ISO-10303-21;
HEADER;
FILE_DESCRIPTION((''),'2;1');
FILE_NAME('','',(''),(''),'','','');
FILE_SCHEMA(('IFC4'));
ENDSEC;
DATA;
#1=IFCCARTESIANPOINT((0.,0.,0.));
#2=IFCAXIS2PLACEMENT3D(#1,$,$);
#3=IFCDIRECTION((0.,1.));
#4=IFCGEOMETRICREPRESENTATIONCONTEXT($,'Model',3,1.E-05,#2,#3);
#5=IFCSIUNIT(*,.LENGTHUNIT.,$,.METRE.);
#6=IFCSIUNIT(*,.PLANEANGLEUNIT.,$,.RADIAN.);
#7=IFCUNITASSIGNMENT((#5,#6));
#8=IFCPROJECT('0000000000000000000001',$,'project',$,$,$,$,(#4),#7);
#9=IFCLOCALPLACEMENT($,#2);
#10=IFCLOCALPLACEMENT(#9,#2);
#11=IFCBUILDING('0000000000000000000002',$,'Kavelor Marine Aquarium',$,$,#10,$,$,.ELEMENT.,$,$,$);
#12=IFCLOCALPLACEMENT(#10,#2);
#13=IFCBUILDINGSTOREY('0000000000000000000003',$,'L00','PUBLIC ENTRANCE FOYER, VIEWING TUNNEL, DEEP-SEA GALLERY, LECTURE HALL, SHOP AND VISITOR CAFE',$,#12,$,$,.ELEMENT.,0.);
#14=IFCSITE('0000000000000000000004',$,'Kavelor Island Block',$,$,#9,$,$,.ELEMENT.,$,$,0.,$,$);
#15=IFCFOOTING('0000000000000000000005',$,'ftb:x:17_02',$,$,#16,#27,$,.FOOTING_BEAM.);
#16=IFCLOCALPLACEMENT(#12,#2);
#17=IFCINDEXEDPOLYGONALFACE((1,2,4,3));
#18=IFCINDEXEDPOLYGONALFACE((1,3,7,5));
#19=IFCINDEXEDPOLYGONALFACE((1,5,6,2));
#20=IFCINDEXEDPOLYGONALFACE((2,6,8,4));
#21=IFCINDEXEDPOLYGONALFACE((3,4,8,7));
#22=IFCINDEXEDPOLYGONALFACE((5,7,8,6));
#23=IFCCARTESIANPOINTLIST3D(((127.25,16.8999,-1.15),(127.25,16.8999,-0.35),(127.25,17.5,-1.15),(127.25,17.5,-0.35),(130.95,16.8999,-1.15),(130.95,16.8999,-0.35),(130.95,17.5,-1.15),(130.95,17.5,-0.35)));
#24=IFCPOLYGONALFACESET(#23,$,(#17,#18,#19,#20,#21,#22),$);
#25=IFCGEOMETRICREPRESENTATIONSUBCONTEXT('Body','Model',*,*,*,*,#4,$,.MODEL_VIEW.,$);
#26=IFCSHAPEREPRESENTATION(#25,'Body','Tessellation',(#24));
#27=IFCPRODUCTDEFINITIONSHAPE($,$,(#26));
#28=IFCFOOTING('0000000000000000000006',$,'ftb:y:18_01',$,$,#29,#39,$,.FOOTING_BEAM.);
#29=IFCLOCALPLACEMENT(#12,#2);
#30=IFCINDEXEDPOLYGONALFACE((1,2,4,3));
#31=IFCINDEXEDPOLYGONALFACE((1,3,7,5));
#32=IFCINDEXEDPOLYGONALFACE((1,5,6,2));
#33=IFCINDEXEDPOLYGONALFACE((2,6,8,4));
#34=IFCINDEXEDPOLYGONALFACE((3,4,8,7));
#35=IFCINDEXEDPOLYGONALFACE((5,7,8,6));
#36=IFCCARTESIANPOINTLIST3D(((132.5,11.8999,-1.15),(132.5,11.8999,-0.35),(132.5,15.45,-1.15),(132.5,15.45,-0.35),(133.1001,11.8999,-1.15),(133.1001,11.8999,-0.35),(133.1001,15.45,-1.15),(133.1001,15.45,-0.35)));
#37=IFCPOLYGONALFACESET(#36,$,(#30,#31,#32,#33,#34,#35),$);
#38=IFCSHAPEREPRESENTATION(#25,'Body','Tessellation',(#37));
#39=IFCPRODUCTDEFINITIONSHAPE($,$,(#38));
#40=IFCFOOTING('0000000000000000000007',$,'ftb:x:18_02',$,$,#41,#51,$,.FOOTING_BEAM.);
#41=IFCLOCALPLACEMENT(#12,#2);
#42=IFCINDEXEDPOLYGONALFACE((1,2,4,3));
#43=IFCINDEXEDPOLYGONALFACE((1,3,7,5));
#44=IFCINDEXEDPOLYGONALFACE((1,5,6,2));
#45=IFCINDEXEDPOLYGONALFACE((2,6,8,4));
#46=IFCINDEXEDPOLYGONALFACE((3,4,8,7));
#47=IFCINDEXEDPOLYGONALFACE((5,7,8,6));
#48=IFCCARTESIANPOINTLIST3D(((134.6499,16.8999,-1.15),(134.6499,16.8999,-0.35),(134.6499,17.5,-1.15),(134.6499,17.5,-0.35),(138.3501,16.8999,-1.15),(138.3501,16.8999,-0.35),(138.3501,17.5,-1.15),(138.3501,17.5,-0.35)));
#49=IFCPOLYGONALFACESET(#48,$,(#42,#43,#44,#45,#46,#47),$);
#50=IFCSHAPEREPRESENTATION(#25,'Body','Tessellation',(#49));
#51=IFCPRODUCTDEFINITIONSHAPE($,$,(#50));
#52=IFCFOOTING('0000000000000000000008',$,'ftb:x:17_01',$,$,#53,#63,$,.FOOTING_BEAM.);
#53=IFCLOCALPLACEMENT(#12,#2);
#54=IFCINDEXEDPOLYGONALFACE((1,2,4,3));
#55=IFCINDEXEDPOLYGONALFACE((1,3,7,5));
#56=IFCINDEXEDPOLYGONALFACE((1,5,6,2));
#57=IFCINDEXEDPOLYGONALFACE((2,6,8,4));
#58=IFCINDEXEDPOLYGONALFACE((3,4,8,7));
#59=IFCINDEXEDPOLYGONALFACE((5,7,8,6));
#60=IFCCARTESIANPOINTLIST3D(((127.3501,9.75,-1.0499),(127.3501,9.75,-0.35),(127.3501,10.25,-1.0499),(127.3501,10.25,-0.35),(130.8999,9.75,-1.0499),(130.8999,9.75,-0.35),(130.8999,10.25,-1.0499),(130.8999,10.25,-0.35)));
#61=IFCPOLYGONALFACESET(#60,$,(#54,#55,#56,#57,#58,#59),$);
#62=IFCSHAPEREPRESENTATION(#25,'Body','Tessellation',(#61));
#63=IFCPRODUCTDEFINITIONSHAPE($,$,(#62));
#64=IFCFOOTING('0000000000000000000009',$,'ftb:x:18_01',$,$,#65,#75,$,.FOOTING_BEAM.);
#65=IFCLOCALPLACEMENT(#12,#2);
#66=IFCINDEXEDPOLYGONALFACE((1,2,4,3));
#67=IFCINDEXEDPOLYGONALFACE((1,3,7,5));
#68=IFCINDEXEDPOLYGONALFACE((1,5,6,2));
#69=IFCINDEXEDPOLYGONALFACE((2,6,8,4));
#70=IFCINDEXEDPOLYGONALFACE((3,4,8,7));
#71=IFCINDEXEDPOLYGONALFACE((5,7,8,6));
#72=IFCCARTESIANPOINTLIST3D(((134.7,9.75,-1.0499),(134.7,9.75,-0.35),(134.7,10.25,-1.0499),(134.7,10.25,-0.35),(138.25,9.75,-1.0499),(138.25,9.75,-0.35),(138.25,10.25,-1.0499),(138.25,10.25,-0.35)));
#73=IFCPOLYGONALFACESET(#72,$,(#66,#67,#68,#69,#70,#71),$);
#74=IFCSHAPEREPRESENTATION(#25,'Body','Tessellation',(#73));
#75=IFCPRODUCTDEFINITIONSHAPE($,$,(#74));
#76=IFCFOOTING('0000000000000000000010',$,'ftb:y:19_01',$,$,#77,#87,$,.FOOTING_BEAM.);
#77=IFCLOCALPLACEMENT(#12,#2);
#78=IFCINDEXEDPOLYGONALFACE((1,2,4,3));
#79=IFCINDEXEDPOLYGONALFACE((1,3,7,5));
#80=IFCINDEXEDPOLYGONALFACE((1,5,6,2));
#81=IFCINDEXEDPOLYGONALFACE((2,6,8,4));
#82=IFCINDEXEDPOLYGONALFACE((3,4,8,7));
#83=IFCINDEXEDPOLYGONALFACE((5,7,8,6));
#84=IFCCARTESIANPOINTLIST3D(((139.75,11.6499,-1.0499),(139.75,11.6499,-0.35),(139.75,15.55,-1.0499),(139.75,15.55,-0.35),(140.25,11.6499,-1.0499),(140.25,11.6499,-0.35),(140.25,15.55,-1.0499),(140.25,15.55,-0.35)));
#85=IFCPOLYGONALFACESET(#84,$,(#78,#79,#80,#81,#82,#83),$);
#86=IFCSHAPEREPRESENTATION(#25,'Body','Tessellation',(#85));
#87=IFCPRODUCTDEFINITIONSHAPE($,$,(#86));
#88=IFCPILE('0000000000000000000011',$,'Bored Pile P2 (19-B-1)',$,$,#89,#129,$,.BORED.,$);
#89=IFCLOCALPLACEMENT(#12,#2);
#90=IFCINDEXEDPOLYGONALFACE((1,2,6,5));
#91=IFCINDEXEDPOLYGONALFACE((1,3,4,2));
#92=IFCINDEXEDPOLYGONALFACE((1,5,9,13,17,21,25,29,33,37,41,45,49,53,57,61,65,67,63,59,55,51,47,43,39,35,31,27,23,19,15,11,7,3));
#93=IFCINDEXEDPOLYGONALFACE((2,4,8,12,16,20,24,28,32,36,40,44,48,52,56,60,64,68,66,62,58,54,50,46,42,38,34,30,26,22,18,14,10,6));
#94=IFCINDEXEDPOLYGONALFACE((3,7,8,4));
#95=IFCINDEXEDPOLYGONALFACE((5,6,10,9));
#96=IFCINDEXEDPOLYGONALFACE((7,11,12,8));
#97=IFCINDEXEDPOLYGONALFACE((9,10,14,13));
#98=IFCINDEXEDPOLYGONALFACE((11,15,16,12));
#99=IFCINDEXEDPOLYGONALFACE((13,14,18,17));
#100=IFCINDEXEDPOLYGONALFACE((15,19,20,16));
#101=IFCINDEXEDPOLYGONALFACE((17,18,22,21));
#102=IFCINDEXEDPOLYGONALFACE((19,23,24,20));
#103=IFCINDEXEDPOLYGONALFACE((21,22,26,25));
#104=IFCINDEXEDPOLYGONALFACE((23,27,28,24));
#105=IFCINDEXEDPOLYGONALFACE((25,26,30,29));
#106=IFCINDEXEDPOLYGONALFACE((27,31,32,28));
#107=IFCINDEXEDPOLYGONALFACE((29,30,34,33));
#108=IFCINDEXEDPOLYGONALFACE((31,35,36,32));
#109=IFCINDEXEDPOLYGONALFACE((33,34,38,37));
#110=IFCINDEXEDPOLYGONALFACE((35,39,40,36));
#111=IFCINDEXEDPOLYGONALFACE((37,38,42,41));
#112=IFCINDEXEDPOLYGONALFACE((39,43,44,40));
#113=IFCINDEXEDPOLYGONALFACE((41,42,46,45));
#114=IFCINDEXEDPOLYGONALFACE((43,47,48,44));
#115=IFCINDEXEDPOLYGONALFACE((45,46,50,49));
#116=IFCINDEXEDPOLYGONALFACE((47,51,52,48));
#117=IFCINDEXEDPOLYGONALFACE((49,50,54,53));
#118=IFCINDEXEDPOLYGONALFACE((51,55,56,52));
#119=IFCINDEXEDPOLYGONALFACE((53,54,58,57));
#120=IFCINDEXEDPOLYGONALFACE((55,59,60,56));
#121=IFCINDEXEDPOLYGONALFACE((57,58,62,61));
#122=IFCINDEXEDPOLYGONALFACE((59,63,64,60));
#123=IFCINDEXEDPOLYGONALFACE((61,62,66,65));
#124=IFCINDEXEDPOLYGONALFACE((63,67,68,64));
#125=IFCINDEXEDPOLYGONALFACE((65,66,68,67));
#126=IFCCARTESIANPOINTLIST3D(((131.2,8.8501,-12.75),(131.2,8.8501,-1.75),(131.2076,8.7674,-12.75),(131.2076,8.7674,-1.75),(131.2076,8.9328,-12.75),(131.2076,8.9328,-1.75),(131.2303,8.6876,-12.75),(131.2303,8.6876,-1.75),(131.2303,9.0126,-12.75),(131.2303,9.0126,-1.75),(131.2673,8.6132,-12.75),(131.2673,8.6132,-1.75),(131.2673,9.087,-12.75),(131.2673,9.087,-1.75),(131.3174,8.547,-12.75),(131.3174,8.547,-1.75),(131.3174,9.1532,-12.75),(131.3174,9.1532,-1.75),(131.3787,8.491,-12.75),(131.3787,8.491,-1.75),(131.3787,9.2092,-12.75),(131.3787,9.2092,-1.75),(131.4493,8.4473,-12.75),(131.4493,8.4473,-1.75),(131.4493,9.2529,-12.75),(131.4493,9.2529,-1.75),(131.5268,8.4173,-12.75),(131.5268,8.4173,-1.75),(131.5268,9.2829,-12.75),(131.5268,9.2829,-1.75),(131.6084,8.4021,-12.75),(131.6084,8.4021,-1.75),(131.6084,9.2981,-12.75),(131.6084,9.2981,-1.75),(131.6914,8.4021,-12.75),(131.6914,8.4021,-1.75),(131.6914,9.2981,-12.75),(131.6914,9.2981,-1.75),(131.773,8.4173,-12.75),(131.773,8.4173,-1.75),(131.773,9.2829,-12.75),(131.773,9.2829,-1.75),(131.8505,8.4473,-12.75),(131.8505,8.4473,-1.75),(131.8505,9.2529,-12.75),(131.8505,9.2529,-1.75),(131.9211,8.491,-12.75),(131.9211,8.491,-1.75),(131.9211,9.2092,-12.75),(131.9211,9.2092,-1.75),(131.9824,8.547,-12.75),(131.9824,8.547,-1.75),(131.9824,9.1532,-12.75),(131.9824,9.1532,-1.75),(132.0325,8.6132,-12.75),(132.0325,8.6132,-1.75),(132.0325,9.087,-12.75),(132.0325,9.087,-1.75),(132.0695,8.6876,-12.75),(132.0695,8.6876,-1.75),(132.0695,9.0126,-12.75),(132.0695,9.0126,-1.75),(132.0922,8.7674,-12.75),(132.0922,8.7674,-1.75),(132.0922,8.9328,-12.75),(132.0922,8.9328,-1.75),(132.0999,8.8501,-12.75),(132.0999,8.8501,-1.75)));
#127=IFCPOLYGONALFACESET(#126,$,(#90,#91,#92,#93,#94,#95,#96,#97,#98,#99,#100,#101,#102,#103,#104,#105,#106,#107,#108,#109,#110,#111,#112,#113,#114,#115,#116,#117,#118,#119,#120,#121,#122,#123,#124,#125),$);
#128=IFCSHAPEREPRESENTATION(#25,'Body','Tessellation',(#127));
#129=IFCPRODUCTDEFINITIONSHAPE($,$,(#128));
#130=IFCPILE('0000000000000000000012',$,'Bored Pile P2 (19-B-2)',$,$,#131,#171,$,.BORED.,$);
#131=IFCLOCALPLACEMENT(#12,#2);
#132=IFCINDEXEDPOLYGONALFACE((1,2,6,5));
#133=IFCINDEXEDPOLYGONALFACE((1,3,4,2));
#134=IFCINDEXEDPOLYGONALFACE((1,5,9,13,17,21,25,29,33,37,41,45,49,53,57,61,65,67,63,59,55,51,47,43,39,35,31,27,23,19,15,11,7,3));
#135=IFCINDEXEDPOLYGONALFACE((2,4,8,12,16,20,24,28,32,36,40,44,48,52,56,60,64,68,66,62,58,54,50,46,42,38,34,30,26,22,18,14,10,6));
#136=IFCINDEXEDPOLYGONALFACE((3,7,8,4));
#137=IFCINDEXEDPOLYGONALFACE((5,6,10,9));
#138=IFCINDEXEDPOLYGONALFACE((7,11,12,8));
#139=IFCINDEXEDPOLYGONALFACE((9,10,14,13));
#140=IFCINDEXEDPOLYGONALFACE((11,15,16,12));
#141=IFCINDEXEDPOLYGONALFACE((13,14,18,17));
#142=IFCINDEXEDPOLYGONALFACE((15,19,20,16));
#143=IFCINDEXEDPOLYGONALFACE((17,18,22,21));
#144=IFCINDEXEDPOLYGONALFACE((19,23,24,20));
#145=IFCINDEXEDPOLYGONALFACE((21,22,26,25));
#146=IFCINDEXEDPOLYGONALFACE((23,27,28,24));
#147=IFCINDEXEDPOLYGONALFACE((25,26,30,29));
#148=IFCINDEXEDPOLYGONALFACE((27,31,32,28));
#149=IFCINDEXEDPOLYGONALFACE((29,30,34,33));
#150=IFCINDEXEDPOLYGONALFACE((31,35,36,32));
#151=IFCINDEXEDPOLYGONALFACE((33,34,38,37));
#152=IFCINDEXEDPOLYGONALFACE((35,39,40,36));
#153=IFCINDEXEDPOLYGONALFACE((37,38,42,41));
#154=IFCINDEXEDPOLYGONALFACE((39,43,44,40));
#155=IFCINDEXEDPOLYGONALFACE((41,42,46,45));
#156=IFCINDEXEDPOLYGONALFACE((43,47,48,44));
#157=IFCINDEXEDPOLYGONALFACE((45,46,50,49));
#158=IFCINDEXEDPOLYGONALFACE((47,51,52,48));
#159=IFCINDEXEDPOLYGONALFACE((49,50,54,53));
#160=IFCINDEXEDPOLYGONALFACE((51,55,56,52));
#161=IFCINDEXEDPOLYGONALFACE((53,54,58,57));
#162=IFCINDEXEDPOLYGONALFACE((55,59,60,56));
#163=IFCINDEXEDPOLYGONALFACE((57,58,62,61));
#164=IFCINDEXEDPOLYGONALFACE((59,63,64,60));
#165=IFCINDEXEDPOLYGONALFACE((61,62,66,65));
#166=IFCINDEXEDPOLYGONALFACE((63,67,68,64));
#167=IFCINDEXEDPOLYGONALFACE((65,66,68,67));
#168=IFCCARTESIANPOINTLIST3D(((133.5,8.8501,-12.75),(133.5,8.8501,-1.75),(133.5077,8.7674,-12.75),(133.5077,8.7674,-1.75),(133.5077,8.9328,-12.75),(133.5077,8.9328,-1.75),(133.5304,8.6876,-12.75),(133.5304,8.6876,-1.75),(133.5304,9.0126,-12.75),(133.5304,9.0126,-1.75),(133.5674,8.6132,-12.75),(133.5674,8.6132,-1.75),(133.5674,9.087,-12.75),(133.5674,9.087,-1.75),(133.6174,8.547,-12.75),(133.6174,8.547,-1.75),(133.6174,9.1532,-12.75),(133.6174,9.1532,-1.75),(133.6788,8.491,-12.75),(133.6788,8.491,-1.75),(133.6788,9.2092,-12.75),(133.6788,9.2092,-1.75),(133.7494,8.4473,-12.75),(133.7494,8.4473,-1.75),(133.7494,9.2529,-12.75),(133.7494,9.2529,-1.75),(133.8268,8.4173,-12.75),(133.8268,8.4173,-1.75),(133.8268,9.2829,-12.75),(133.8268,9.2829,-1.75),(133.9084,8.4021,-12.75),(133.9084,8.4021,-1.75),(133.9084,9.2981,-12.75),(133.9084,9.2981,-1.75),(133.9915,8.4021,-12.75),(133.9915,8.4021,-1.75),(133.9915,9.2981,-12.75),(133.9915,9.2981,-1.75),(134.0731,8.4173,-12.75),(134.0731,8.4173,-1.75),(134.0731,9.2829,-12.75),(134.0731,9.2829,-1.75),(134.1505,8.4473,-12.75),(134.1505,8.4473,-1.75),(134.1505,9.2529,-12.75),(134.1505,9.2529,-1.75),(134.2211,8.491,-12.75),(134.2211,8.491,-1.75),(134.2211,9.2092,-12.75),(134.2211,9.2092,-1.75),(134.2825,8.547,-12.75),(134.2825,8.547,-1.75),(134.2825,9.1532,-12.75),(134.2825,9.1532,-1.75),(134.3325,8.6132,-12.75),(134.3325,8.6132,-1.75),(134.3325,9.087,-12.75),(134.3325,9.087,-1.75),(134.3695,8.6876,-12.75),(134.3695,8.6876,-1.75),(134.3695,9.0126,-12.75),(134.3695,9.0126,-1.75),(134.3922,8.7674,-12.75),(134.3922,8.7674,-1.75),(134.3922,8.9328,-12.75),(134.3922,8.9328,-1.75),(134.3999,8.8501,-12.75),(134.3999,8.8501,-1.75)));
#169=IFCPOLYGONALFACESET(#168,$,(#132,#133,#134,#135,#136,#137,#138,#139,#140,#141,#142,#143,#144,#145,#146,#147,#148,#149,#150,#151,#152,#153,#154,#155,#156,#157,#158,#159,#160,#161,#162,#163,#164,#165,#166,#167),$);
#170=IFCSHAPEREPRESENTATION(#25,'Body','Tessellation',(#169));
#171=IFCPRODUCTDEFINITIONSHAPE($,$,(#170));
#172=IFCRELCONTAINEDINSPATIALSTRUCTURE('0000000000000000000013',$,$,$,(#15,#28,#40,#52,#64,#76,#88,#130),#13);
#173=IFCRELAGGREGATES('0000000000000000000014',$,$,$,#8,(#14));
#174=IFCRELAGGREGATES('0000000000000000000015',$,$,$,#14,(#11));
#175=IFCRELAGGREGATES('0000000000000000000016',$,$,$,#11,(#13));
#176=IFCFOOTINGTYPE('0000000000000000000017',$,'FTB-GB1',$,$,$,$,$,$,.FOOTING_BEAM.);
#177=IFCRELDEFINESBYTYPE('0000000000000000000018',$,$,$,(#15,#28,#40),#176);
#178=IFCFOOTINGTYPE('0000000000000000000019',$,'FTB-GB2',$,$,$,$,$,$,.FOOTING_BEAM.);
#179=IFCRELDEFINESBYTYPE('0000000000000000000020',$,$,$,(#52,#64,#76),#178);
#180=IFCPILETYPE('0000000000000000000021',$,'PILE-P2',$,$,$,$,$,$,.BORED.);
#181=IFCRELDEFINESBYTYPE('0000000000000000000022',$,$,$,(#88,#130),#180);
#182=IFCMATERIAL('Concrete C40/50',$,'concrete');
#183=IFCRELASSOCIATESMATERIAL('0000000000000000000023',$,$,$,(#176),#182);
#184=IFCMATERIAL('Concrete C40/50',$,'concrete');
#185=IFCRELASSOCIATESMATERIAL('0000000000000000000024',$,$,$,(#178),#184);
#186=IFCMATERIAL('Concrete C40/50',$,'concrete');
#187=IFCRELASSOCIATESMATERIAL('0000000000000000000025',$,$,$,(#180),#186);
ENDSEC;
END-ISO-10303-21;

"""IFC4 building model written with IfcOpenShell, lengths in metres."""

from ifc_helpers import new_model, si_unit, direction, frame, origin, origin_2d, place, context, subcontext, project, spatial, rectangle, circle, extrude, material, material_profile, profile_set, type_object, element, save


model = new_model("IFC4")

# Units and contexts
model_context = context("Model", 3, precision=1e-05, world=origin(), true_north=direction((0.0, 1.0)))
body_context = subcontext(model_context, "Body", "Model", "MODEL_VIEW")
ifc_project = project(units=[si_unit("LENGTHUNIT", "METRE"), si_unit("PLANEANGLEUNIT", "RADIAN")], contexts=[model_context])

# Site, building, storey
site_placement = place(None, origin())
site = spatial("IfcSite", under=ifc_project, at=site_placement, Name="Kavelor Island Block", CompositionType="ELEMENT", RefElevation=0.0)
building_placement = place(site_placement, origin())
building = spatial("IfcBuilding", under=site, at=building_placement, Name="Kavelor Marine Aquarium", CompositionType="ELEMENT")
storey_placement = place(building_placement, origin())
storey = spatial("IfcBuildingStorey", under=building, at=storey_placement, Name="L00", Description="PUBLIC ENTRANCE FOYER, VIEWING TUNNEL, DEEP-SEA GALLERY, LECTURE HALL, SHOP AND VISITOR CAFE", CompositionType="ELEMENT", Elevation=0.0)

# Footings
ifc_material_1 = material(Name="Concrete C40/50", Category="concrete")
ifc_material_profile_1 = material_profile(ifc_material_1, rectangle(XDim=0.6001, YDim=0.8, at=origin_2d()), Name="GB 600x800")
ifc_profile_set_1 = profile_set([ifc_material_profile_1], Name="Concrete C40/50")
footing_type_1 = type_object("IfcFootingType", Name="FTB-GB1", PredefinedType="FOOTING_BEAM", material=ifc_profile_set_1)
footing_1_placement = place(storey_placement, frame((127.25, 17.2, -0.75), z_axis=(1.0, 0.0, 0.0), x_axis=(0.0, 1.0, 0.0)))
element("IfcFooting", 1, at=footing_1_placement, inside=storey, type_object=footing_type_1, Name="ftb:x:17_02", PredefinedType="FOOTING_BEAM", context=body_context, shape_type="SweptSolid", body=[
    extrude(rectangle(XDim=0.6001, YDim=0.8, at=origin_2d()), origin(), (0.0, 0.0, 1.0), 3.7),
])
footing_2_placement = place(storey_placement, frame((132.8, 11.8999, -0.75), z_axis=(0.0, 1.0, 0.0), x_axis=(-1.0, 0.0, 0.0)))
element("IfcFooting", 2, at=footing_2_placement, inside=storey, type_object=footing_type_1, Name="ftb:y:18_01", PredefinedType="FOOTING_BEAM", context=body_context, shape_type="SweptSolid", body=[
    extrude(rectangle(XDim=0.6001, YDim=0.8, at=origin_2d()), origin(), (0.0, 0.0, 1.0), 3.55),
])
footing_3_placement = place(storey_placement, frame((134.6499, 17.2, -0.75), z_axis=(1.0, 0.0, 0.0), x_axis=(0.0, 1.0, 0.0)))
element("IfcFooting", 3, at=footing_3_placement, inside=storey, type_object=footing_type_1, Name="ftb:x:18_02", PredefinedType="FOOTING_BEAM", context=body_context, shape_type="SweptSolid", body=[
    extrude(rectangle(XDim=0.6001, YDim=0.8, at=origin_2d()), origin(), (0.0, 0.0, 1.0), 3.7002),
])
ifc_material_2 = material(Name="Concrete C40/50", Category="concrete")
ifc_material_profile_2 = material_profile(ifc_material_2, rectangle(XDim=0.5, YDim=0.7, at=origin_2d()), Name="GB 500x700")
ifc_profile_set_2 = profile_set([ifc_material_profile_2], Name="Concrete C40/50")
footing_type_2 = type_object("IfcFootingType", Name="FTB-GB2", PredefinedType="FOOTING_BEAM", material=ifc_profile_set_2)
footing_4_placement = place(storey_placement, frame((127.3501, 10.0, -0.7), z_axis=(1.0, 0.0, 0.0), x_axis=(0.0, 1.0, 0.0)))
element("IfcFooting", 4, at=footing_4_placement, inside=storey, type_object=footing_type_2, Name="ftb:x:17_01", PredefinedType="FOOTING_BEAM", context=body_context, shape_type="SweptSolid", body=[
    extrude(rectangle(XDim=0.5, YDim=0.7, at=origin_2d()), origin(), (0.0, 0.0, 1.0), 3.5498),
])
footing_5_placement = place(storey_placement, frame((134.7, 10.0, -0.7), z_axis=(1.0, 0.0, 0.0), x_axis=(0.0, 1.0, 0.0)))
element("IfcFooting", 5, at=footing_5_placement, inside=storey, type_object=footing_type_2, Name="ftb:x:18_01", PredefinedType="FOOTING_BEAM", context=body_context, shape_type="SweptSolid", body=[
    extrude(rectangle(XDim=0.5, YDim=0.7, at=origin_2d()), origin(), (0.0, 0.0, 1.0), 3.55),
])
footing_6_placement = place(storey_placement, frame((140.0, 11.6499, -0.7), z_axis=(0.0, 1.0, 0.0), x_axis=(-1.0, 0.0, 0.0)))
element("IfcFooting", 6, at=footing_6_placement, inside=storey, type_object=footing_type_2, Name="ftb:y:19_01", PredefinedType="FOOTING_BEAM", context=body_context, shape_type="SweptSolid", body=[
    extrude(rectangle(XDim=0.5, YDim=0.7, at=origin_2d()), origin(), (0.0, 0.0, 1.0), 3.9001),
])

# Piles
ifc_material_3 = material(Name="Concrete C40/50", Category="concrete")
ifc_material_profile_3 = material_profile(ifc_material_3, circle(Radius=0.45, at=origin_2d()), Name="PILE D900")
ifc_profile_set_3 = profile_set([ifc_material_profile_3], Name="Concrete C40/50")
pile_type_1 = type_object("IfcPileType", Name="PILE-P2", PredefinedType="BORED", material=ifc_profile_set_3)
for number, where, z_axis, x_axis, name in (
    (7, (131.6499, 8.8501, -1.75), (0.0, 0.0, -1.0), (1.0, 0.0, 0.0), "Bored Pile P2 (19-B-1)"),
    (8, (133.95, 8.8501, -1.75), (0.0, 0.0, -1.0), (1.0, 0.0, 0.0), "Bored Pile P2 (19-B-2)"),
):
    element("IfcPile", number, at=place(storey_placement, frame(where, z_axis=z_axis, x_axis=x_axis)), inside=storey, type_object=pile_type_1, Name=name, PredefinedType="BORED", context=body_context, shape_type="SweptSolid", body=[
        extrude(circle(Radius=0.45, at=origin_2d()), origin(), (0.0, 0.0, 1.0), 11.0),
    ])

save(model, "model.ifc")
